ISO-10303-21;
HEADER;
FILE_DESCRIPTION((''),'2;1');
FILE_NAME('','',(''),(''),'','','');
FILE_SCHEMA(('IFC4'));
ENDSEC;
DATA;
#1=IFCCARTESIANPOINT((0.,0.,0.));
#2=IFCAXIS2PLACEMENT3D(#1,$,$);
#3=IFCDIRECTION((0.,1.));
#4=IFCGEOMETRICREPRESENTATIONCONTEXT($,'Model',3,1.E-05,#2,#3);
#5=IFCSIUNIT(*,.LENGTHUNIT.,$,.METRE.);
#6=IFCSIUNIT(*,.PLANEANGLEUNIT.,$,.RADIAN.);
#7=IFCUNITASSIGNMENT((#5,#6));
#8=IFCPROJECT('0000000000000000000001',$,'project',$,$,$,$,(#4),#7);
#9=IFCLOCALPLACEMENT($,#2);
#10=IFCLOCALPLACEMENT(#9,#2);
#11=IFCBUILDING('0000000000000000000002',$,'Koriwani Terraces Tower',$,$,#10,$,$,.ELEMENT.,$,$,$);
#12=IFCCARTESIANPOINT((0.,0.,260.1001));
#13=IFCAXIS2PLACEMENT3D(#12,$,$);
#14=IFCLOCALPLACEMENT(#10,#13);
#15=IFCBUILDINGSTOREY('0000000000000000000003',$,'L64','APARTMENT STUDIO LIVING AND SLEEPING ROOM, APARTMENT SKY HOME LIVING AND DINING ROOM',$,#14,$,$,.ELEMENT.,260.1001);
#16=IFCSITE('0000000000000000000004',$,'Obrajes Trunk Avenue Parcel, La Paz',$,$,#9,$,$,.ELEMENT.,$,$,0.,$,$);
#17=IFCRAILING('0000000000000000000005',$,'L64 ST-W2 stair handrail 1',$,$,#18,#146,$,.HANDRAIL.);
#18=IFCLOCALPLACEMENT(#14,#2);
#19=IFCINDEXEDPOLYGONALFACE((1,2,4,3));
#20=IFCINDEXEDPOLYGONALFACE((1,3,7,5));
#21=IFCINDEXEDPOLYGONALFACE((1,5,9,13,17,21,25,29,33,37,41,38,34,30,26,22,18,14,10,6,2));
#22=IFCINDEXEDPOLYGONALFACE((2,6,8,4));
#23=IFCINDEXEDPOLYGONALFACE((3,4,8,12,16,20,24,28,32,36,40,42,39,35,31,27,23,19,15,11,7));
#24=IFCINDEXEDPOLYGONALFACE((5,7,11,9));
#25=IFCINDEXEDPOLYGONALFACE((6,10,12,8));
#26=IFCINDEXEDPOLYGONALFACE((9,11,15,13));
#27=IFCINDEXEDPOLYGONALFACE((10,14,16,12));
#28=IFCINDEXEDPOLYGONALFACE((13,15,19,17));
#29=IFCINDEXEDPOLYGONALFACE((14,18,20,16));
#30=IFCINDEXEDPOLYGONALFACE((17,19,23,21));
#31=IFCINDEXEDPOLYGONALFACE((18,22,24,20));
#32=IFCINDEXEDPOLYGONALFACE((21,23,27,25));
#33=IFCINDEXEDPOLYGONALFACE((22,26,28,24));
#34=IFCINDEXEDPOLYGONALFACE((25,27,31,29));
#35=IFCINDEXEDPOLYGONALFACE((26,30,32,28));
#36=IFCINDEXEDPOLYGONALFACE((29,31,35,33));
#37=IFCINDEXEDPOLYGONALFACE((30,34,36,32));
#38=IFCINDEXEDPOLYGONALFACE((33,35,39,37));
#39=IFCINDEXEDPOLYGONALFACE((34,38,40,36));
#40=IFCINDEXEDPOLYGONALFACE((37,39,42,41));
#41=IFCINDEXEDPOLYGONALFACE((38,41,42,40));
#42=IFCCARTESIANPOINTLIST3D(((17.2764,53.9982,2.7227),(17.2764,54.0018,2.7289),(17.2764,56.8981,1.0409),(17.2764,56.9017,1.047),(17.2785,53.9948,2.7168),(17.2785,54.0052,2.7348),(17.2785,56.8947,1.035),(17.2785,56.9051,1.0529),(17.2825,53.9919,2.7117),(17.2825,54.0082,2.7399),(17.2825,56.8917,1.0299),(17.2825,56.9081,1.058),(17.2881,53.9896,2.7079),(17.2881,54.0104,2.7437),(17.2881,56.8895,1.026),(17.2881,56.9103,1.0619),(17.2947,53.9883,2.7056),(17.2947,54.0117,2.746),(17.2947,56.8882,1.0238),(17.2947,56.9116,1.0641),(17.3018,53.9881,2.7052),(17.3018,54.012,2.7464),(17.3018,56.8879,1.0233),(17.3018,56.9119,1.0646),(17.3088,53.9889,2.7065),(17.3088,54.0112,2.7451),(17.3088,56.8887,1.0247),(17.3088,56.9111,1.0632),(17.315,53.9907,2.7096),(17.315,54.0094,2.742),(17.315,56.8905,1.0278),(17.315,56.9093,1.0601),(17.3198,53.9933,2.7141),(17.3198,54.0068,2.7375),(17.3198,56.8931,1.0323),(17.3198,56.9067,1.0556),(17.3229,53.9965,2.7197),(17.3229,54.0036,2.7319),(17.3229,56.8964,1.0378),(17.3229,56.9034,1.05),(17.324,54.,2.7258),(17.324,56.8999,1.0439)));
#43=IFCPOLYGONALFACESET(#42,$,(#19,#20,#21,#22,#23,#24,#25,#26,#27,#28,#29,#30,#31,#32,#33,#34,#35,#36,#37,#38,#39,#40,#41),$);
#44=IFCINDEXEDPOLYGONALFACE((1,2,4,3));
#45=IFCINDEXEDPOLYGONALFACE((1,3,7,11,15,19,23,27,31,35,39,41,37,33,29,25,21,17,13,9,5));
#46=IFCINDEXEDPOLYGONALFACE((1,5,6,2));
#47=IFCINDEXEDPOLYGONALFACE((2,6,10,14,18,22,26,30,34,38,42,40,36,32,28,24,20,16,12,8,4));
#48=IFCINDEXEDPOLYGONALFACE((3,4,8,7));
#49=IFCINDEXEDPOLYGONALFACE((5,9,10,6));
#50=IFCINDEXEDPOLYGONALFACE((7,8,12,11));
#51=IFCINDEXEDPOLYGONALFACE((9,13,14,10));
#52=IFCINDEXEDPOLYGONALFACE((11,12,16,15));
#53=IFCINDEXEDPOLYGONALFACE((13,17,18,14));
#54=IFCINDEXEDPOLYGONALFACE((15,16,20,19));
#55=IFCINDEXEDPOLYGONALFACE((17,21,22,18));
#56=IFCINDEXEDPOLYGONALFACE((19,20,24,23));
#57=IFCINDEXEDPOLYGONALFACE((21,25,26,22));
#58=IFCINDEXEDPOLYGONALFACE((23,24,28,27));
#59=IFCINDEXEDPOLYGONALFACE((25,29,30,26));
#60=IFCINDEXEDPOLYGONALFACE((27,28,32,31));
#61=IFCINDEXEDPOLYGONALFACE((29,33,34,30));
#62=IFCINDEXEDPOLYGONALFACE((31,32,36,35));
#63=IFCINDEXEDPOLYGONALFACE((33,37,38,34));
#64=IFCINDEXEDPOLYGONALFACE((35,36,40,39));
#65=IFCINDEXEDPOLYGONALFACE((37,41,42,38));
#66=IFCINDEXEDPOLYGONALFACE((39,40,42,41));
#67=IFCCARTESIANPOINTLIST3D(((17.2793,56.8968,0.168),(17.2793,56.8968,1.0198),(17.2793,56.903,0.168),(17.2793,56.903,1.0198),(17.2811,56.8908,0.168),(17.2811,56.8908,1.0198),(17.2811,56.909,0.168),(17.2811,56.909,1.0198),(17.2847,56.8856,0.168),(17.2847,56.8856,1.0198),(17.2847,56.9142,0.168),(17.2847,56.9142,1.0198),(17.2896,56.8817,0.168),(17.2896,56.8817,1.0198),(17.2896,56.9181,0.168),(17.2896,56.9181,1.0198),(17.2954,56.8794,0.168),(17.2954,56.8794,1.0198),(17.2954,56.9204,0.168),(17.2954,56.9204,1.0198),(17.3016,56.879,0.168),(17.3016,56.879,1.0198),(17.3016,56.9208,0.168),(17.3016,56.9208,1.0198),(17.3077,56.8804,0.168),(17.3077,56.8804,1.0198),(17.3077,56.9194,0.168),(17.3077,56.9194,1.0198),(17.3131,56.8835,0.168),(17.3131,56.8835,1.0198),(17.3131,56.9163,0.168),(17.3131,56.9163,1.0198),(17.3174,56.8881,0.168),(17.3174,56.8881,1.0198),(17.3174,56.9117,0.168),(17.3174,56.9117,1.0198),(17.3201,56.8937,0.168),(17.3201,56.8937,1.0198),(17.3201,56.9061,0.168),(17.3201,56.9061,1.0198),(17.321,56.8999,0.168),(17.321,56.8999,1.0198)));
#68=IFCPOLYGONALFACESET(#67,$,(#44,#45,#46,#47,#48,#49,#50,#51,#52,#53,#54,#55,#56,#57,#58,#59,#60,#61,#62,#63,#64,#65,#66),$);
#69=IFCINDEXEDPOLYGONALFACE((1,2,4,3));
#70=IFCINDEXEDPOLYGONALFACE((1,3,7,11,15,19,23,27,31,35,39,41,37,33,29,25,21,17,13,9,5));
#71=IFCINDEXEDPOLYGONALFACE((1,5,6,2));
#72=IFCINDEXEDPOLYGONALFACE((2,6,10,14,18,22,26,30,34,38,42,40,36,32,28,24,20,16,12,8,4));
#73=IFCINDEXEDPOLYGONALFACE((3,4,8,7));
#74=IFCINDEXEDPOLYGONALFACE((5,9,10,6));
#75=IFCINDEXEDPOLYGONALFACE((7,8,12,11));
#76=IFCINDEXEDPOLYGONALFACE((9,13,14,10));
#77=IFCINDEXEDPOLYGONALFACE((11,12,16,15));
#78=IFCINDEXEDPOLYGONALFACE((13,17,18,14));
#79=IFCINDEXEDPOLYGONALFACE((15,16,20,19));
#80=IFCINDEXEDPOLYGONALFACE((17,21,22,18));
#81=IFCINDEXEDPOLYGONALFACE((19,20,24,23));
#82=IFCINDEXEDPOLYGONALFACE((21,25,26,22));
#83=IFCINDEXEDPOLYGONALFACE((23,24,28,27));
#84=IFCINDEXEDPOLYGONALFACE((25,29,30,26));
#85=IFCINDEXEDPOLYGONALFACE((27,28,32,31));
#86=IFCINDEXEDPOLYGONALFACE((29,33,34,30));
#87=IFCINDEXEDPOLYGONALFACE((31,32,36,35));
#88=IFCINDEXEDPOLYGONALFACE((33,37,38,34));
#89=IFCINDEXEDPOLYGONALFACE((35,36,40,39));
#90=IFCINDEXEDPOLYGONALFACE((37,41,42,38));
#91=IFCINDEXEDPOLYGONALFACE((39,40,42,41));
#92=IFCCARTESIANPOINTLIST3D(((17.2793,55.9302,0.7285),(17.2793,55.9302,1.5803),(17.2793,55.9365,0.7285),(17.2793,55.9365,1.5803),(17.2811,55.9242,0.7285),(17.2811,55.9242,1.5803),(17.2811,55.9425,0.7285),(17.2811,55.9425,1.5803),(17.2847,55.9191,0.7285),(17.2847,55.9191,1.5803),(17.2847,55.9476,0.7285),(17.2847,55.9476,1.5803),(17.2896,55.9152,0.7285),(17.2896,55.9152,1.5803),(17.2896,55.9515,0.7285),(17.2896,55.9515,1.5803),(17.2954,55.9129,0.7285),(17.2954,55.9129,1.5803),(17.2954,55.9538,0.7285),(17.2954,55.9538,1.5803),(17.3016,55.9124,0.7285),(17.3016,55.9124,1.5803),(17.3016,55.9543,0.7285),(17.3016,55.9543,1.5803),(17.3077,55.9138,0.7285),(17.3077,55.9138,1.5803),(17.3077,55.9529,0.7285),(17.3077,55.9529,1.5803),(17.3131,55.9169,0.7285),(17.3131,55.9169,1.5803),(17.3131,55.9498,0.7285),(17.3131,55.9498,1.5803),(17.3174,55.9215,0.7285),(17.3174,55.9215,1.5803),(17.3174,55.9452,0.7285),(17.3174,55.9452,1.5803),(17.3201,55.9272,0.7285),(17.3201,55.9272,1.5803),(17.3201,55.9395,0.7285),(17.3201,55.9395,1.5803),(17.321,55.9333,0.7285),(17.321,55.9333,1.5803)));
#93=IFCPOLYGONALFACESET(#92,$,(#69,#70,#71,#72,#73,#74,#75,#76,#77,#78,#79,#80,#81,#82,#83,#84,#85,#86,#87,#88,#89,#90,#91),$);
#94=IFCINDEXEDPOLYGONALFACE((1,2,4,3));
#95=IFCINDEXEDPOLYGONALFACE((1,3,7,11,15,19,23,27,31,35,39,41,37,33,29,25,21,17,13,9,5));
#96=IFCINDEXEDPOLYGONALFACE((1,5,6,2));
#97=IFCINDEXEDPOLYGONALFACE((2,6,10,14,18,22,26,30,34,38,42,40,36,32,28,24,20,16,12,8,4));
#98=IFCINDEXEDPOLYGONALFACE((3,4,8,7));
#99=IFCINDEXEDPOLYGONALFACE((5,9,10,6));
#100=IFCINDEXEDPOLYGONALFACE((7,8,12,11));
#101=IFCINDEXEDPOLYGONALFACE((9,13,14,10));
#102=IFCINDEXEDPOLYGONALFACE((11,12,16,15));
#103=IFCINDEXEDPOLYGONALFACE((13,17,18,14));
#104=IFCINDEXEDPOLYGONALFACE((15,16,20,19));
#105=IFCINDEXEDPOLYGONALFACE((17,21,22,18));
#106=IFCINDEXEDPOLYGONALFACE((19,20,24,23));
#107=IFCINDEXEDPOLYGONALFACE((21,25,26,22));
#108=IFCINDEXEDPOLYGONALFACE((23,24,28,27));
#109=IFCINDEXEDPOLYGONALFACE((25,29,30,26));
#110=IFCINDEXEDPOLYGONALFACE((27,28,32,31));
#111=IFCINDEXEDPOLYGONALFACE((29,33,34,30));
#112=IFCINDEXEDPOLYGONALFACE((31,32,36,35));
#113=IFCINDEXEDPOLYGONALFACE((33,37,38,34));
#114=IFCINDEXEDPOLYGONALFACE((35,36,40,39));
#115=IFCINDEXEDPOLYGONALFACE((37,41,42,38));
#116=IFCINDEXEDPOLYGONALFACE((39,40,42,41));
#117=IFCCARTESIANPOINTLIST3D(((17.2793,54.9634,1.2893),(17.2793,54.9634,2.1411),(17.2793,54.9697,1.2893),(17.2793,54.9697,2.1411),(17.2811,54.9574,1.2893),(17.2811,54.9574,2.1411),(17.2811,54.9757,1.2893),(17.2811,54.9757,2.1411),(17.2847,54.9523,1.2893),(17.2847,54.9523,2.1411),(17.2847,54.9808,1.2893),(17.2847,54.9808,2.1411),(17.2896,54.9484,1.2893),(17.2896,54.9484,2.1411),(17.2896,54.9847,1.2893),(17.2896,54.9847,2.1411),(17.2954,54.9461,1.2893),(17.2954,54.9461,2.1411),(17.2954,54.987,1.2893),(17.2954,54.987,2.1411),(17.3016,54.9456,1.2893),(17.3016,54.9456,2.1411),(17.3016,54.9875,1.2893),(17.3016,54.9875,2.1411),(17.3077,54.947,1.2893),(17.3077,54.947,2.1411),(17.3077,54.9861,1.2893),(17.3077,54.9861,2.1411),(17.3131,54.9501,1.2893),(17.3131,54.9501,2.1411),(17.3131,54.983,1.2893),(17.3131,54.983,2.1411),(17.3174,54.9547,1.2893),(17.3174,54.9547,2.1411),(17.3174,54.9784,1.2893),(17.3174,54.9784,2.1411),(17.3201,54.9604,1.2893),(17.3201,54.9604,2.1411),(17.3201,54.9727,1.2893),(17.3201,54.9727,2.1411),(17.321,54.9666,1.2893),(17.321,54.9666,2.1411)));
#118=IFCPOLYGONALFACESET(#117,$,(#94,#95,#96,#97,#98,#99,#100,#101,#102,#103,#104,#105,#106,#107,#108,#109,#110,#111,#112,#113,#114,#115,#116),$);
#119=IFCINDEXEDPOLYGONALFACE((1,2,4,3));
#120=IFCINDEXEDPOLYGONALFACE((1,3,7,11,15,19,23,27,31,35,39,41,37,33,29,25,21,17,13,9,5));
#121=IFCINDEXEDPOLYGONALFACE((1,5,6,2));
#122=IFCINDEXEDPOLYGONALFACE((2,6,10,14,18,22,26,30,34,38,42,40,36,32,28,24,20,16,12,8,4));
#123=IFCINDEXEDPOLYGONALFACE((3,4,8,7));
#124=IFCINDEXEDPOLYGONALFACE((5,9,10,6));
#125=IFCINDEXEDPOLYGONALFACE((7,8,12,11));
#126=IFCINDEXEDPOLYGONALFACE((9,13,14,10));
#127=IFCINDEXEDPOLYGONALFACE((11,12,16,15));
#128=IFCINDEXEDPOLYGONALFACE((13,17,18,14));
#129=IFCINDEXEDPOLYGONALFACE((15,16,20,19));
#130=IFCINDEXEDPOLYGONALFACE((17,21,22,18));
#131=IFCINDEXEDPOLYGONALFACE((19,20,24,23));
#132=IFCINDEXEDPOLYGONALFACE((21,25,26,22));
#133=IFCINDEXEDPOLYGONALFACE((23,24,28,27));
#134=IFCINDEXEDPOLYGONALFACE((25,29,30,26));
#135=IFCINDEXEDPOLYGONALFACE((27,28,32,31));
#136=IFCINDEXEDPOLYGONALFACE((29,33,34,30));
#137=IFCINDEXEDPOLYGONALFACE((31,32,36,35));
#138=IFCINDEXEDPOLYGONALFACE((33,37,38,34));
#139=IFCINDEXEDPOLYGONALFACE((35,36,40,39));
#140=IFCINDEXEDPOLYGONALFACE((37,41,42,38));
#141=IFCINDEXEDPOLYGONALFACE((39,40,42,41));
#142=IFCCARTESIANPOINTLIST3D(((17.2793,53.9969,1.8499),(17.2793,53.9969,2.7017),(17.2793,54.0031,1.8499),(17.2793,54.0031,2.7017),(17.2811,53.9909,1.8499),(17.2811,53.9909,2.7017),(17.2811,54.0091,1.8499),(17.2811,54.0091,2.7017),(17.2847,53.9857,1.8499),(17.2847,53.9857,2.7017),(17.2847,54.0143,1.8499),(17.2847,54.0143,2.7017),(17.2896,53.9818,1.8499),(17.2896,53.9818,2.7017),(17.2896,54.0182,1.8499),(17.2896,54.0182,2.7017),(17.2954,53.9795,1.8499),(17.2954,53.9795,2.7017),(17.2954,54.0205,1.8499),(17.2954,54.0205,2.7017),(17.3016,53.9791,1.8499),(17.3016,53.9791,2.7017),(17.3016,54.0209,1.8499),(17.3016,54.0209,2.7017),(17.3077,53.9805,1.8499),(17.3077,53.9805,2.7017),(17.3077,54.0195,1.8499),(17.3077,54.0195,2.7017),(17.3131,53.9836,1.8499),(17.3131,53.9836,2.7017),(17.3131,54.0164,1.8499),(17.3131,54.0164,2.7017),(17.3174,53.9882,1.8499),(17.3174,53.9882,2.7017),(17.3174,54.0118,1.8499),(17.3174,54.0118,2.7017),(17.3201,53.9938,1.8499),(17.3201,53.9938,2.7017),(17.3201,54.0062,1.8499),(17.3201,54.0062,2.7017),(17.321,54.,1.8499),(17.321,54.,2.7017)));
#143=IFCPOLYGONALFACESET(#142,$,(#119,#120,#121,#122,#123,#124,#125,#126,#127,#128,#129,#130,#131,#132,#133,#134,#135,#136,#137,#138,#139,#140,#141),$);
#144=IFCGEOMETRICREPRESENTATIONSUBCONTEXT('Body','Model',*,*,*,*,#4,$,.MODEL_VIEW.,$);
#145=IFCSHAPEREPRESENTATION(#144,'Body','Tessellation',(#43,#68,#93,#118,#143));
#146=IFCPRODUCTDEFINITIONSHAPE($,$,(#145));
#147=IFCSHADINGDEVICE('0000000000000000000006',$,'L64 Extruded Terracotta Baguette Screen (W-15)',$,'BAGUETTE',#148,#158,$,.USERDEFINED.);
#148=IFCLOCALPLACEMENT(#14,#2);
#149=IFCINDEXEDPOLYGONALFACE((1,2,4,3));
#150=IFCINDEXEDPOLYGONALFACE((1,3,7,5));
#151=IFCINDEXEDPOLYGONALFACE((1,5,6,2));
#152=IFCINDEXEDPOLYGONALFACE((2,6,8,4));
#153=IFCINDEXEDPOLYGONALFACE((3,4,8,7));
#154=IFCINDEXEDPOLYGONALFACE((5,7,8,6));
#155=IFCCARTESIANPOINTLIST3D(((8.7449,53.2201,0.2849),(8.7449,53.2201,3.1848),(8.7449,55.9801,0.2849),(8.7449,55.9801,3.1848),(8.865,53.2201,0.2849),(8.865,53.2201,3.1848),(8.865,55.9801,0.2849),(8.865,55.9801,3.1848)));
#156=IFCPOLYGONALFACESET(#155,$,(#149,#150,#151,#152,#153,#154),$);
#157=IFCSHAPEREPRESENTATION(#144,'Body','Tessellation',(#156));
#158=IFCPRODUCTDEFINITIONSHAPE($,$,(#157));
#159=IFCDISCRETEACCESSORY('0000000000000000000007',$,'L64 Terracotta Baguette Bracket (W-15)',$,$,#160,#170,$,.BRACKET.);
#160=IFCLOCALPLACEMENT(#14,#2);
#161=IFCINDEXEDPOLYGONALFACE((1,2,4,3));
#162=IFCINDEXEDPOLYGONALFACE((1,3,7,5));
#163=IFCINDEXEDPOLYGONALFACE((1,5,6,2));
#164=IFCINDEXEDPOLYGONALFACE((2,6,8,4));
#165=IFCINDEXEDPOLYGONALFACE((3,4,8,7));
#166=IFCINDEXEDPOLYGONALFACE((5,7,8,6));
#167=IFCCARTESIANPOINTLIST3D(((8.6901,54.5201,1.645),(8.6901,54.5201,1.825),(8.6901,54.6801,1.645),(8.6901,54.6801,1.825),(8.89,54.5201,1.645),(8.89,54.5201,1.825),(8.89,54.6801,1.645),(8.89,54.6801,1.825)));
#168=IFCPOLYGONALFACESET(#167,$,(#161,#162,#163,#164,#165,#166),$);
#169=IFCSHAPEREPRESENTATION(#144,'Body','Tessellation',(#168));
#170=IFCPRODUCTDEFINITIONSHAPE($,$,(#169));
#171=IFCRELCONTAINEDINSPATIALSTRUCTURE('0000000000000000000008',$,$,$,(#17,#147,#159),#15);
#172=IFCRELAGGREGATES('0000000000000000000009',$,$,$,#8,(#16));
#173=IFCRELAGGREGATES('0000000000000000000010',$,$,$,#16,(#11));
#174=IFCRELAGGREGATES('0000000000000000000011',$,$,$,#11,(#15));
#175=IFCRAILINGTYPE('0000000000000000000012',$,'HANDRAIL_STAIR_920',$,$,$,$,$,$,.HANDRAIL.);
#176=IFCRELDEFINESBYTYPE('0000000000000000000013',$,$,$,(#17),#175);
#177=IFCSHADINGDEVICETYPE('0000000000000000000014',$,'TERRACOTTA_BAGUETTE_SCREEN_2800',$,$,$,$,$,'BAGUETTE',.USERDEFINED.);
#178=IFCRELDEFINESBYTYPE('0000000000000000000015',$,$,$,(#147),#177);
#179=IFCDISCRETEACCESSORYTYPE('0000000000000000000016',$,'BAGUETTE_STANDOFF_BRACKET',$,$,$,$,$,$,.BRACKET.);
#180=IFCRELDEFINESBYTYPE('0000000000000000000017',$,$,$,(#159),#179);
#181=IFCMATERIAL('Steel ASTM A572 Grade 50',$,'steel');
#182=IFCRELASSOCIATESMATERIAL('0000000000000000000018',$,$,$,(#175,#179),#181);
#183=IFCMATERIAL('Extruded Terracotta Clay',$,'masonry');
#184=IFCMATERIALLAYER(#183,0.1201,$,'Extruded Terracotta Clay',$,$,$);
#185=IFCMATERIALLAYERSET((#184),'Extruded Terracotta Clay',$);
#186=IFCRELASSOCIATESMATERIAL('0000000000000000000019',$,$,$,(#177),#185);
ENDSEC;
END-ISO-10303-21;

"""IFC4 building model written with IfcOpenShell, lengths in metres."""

from ifc_helpers import new_model, si_unit, direction, frame, origin, origin_2d, place, context, subcontext, project, spatial, rectangle, circle, extrude, material, layer, layer_set, type_object, element, save


model = new_model("IFC4")

# Units and contexts
model_context = context("Model", 3, precision=1e-05, world=origin(), true_north=direction((0.0, 1.0)))
body_context = subcontext(model_context, "Body", "Model", "MODEL_VIEW")
ifc_project = project(units=[si_unit("LENGTHUNIT", "METRE"), si_unit("PLANEANGLEUNIT", "RADIAN")], contexts=[model_context])

# Site, building, storey
site_placement = place(None, origin())
site = spatial("IfcSite", under=ifc_project, at=site_placement, Name="Obrajes Trunk Avenue Parcel, La Paz", CompositionType="ELEMENT", RefElevation=0.0)
building_placement = place(site_placement, origin())
building = spatial("IfcBuilding", under=site, at=building_placement, Name="Koriwani Terraces Tower", CompositionType="ELEMENT")
storey_placement = place(building_placement, frame((0.0, 0.0, 260.1001)))
storey = spatial("IfcBuildingStorey", under=building, at=storey_placement, Name="L64", Description="APARTMENT STUDIO LIVING AND SLEEPING ROOM, APARTMENT SKY HOME LIVING AND DINING ROOM", CompositionType="ELEMENT", Elevation=260.1001)

# Railing
ifc_material_1 = material(Name="Steel ASTM A572 Grade 50", Category="steel")
railing_type_1 = type_object("IfcRailingType", Name="HANDRAIL_STAIR_920", PredefinedType="HANDRAIL", material=ifc_material_1)
for number, where, name in (
    (1, (17.3, 56.8999, 0.168), "L64 ST-W2 stair handrail 1"),
):
    element("IfcRailing", number, at=place(storey_placement, frame(where)), inside=storey, type_object=railing_type_1, Name=name, PredefinedType="HANDRAIL", context=body_context, shape_type="SweptSolid", body=[
        extrude(circle(Radius=0.0239, at=origin_2d()), frame((0.0, 0.0, 0.876), z_axis=(0.0, -0.865039, 0.501705), x_axis=(1.0, 0.0, 0.0)), (0.0, 0.0, 1.0), 3.3523),
        extrude(circle(Radius=0.021, at=origin_2d()), origin(), (0.0, 0.0, 1.0), 0.8518),
        extrude(circle(Radius=0.021, at=origin_2d()), frame((0.0, -0.9666, 0.5605)), (0.0, 0.0, 1.0), 0.8518),
        extrude(circle(Radius=0.021, at=origin_2d()), frame((0.0, -1.9333, 1.1213)), (0.0, 0.0, 1.0), 0.8518),
        extrude(circle(Radius=0.021, at=origin_2d()), frame((0.0, -2.8999, 1.6819)), (0.0, 0.0, 1.0), 0.8518),
    ])

# Shading device
ifc_material_2 = material(Name="Extruded Terracotta Clay", Category="masonry")
ifc_layer_1 = layer(ifc_material_2, 0.1201, Name="Extruded Terracotta Clay")
ifc_layer_set_1 = layer_set([ifc_layer_1], Name="Extruded Terracotta Clay")
shading_device_type = type_object("IfcShadingDeviceType", Name="TERRACOTTA_BAGUETTE_SCREEN_2800", ElementType="BAGUETTE", PredefinedType="USERDEFINED", material=ifc_layer_set_1)
shading_device_placement = place(storey_placement, frame((8.8049, 54.6001, 0.2849), z_axis=(0.0, 0.0, 1.0), x_axis=(0.0, 1.0, 0.0)))
element("IfcShadingDevice", 2, at=shading_device_placement, inside=storey, type_object=shading_device_type, Name="L64 Extruded Terracotta Baguette Screen (W-15)", ObjectType="BAGUETTE", PredefinedType="USERDEFINED", context=body_context, shape_type="SweptSolid", body=[
    extrude(rectangle(XDim=2.76, YDim=0.1201, at=origin_2d()), origin(), (0.0, 0.0, 1.0), 2.8999),
])

# Discrete accessory
discrete_accessory_type = type_object("IfcDiscreteAccessoryType", Name="BAGUETTE_STANDOFF_BRACKET", PredefinedType="BRACKET", material=ifc_material_1)
discrete_accessory_placement = place(storey_placement, frame((8.79, 54.6001, 1.645), z_axis=(0.0, 0.0, 1.0), x_axis=(0.0, 1.0, 0.0)))
element("IfcDiscreteAccessory", 3, at=discrete_accessory_placement, inside=storey, type_object=discrete_accessory_type, Name="L64 Terracotta Baguette Bracket (W-15)", PredefinedType="BRACKET", context=body_context, shape_type="SweptSolid", body=[
    extrude(rectangle(XDim=0.1599, YDim=0.2, at=origin_2d()), origin(), (0.0, 0.0, 1.0), 0.1799),
])

save(model, "model.ifc")
